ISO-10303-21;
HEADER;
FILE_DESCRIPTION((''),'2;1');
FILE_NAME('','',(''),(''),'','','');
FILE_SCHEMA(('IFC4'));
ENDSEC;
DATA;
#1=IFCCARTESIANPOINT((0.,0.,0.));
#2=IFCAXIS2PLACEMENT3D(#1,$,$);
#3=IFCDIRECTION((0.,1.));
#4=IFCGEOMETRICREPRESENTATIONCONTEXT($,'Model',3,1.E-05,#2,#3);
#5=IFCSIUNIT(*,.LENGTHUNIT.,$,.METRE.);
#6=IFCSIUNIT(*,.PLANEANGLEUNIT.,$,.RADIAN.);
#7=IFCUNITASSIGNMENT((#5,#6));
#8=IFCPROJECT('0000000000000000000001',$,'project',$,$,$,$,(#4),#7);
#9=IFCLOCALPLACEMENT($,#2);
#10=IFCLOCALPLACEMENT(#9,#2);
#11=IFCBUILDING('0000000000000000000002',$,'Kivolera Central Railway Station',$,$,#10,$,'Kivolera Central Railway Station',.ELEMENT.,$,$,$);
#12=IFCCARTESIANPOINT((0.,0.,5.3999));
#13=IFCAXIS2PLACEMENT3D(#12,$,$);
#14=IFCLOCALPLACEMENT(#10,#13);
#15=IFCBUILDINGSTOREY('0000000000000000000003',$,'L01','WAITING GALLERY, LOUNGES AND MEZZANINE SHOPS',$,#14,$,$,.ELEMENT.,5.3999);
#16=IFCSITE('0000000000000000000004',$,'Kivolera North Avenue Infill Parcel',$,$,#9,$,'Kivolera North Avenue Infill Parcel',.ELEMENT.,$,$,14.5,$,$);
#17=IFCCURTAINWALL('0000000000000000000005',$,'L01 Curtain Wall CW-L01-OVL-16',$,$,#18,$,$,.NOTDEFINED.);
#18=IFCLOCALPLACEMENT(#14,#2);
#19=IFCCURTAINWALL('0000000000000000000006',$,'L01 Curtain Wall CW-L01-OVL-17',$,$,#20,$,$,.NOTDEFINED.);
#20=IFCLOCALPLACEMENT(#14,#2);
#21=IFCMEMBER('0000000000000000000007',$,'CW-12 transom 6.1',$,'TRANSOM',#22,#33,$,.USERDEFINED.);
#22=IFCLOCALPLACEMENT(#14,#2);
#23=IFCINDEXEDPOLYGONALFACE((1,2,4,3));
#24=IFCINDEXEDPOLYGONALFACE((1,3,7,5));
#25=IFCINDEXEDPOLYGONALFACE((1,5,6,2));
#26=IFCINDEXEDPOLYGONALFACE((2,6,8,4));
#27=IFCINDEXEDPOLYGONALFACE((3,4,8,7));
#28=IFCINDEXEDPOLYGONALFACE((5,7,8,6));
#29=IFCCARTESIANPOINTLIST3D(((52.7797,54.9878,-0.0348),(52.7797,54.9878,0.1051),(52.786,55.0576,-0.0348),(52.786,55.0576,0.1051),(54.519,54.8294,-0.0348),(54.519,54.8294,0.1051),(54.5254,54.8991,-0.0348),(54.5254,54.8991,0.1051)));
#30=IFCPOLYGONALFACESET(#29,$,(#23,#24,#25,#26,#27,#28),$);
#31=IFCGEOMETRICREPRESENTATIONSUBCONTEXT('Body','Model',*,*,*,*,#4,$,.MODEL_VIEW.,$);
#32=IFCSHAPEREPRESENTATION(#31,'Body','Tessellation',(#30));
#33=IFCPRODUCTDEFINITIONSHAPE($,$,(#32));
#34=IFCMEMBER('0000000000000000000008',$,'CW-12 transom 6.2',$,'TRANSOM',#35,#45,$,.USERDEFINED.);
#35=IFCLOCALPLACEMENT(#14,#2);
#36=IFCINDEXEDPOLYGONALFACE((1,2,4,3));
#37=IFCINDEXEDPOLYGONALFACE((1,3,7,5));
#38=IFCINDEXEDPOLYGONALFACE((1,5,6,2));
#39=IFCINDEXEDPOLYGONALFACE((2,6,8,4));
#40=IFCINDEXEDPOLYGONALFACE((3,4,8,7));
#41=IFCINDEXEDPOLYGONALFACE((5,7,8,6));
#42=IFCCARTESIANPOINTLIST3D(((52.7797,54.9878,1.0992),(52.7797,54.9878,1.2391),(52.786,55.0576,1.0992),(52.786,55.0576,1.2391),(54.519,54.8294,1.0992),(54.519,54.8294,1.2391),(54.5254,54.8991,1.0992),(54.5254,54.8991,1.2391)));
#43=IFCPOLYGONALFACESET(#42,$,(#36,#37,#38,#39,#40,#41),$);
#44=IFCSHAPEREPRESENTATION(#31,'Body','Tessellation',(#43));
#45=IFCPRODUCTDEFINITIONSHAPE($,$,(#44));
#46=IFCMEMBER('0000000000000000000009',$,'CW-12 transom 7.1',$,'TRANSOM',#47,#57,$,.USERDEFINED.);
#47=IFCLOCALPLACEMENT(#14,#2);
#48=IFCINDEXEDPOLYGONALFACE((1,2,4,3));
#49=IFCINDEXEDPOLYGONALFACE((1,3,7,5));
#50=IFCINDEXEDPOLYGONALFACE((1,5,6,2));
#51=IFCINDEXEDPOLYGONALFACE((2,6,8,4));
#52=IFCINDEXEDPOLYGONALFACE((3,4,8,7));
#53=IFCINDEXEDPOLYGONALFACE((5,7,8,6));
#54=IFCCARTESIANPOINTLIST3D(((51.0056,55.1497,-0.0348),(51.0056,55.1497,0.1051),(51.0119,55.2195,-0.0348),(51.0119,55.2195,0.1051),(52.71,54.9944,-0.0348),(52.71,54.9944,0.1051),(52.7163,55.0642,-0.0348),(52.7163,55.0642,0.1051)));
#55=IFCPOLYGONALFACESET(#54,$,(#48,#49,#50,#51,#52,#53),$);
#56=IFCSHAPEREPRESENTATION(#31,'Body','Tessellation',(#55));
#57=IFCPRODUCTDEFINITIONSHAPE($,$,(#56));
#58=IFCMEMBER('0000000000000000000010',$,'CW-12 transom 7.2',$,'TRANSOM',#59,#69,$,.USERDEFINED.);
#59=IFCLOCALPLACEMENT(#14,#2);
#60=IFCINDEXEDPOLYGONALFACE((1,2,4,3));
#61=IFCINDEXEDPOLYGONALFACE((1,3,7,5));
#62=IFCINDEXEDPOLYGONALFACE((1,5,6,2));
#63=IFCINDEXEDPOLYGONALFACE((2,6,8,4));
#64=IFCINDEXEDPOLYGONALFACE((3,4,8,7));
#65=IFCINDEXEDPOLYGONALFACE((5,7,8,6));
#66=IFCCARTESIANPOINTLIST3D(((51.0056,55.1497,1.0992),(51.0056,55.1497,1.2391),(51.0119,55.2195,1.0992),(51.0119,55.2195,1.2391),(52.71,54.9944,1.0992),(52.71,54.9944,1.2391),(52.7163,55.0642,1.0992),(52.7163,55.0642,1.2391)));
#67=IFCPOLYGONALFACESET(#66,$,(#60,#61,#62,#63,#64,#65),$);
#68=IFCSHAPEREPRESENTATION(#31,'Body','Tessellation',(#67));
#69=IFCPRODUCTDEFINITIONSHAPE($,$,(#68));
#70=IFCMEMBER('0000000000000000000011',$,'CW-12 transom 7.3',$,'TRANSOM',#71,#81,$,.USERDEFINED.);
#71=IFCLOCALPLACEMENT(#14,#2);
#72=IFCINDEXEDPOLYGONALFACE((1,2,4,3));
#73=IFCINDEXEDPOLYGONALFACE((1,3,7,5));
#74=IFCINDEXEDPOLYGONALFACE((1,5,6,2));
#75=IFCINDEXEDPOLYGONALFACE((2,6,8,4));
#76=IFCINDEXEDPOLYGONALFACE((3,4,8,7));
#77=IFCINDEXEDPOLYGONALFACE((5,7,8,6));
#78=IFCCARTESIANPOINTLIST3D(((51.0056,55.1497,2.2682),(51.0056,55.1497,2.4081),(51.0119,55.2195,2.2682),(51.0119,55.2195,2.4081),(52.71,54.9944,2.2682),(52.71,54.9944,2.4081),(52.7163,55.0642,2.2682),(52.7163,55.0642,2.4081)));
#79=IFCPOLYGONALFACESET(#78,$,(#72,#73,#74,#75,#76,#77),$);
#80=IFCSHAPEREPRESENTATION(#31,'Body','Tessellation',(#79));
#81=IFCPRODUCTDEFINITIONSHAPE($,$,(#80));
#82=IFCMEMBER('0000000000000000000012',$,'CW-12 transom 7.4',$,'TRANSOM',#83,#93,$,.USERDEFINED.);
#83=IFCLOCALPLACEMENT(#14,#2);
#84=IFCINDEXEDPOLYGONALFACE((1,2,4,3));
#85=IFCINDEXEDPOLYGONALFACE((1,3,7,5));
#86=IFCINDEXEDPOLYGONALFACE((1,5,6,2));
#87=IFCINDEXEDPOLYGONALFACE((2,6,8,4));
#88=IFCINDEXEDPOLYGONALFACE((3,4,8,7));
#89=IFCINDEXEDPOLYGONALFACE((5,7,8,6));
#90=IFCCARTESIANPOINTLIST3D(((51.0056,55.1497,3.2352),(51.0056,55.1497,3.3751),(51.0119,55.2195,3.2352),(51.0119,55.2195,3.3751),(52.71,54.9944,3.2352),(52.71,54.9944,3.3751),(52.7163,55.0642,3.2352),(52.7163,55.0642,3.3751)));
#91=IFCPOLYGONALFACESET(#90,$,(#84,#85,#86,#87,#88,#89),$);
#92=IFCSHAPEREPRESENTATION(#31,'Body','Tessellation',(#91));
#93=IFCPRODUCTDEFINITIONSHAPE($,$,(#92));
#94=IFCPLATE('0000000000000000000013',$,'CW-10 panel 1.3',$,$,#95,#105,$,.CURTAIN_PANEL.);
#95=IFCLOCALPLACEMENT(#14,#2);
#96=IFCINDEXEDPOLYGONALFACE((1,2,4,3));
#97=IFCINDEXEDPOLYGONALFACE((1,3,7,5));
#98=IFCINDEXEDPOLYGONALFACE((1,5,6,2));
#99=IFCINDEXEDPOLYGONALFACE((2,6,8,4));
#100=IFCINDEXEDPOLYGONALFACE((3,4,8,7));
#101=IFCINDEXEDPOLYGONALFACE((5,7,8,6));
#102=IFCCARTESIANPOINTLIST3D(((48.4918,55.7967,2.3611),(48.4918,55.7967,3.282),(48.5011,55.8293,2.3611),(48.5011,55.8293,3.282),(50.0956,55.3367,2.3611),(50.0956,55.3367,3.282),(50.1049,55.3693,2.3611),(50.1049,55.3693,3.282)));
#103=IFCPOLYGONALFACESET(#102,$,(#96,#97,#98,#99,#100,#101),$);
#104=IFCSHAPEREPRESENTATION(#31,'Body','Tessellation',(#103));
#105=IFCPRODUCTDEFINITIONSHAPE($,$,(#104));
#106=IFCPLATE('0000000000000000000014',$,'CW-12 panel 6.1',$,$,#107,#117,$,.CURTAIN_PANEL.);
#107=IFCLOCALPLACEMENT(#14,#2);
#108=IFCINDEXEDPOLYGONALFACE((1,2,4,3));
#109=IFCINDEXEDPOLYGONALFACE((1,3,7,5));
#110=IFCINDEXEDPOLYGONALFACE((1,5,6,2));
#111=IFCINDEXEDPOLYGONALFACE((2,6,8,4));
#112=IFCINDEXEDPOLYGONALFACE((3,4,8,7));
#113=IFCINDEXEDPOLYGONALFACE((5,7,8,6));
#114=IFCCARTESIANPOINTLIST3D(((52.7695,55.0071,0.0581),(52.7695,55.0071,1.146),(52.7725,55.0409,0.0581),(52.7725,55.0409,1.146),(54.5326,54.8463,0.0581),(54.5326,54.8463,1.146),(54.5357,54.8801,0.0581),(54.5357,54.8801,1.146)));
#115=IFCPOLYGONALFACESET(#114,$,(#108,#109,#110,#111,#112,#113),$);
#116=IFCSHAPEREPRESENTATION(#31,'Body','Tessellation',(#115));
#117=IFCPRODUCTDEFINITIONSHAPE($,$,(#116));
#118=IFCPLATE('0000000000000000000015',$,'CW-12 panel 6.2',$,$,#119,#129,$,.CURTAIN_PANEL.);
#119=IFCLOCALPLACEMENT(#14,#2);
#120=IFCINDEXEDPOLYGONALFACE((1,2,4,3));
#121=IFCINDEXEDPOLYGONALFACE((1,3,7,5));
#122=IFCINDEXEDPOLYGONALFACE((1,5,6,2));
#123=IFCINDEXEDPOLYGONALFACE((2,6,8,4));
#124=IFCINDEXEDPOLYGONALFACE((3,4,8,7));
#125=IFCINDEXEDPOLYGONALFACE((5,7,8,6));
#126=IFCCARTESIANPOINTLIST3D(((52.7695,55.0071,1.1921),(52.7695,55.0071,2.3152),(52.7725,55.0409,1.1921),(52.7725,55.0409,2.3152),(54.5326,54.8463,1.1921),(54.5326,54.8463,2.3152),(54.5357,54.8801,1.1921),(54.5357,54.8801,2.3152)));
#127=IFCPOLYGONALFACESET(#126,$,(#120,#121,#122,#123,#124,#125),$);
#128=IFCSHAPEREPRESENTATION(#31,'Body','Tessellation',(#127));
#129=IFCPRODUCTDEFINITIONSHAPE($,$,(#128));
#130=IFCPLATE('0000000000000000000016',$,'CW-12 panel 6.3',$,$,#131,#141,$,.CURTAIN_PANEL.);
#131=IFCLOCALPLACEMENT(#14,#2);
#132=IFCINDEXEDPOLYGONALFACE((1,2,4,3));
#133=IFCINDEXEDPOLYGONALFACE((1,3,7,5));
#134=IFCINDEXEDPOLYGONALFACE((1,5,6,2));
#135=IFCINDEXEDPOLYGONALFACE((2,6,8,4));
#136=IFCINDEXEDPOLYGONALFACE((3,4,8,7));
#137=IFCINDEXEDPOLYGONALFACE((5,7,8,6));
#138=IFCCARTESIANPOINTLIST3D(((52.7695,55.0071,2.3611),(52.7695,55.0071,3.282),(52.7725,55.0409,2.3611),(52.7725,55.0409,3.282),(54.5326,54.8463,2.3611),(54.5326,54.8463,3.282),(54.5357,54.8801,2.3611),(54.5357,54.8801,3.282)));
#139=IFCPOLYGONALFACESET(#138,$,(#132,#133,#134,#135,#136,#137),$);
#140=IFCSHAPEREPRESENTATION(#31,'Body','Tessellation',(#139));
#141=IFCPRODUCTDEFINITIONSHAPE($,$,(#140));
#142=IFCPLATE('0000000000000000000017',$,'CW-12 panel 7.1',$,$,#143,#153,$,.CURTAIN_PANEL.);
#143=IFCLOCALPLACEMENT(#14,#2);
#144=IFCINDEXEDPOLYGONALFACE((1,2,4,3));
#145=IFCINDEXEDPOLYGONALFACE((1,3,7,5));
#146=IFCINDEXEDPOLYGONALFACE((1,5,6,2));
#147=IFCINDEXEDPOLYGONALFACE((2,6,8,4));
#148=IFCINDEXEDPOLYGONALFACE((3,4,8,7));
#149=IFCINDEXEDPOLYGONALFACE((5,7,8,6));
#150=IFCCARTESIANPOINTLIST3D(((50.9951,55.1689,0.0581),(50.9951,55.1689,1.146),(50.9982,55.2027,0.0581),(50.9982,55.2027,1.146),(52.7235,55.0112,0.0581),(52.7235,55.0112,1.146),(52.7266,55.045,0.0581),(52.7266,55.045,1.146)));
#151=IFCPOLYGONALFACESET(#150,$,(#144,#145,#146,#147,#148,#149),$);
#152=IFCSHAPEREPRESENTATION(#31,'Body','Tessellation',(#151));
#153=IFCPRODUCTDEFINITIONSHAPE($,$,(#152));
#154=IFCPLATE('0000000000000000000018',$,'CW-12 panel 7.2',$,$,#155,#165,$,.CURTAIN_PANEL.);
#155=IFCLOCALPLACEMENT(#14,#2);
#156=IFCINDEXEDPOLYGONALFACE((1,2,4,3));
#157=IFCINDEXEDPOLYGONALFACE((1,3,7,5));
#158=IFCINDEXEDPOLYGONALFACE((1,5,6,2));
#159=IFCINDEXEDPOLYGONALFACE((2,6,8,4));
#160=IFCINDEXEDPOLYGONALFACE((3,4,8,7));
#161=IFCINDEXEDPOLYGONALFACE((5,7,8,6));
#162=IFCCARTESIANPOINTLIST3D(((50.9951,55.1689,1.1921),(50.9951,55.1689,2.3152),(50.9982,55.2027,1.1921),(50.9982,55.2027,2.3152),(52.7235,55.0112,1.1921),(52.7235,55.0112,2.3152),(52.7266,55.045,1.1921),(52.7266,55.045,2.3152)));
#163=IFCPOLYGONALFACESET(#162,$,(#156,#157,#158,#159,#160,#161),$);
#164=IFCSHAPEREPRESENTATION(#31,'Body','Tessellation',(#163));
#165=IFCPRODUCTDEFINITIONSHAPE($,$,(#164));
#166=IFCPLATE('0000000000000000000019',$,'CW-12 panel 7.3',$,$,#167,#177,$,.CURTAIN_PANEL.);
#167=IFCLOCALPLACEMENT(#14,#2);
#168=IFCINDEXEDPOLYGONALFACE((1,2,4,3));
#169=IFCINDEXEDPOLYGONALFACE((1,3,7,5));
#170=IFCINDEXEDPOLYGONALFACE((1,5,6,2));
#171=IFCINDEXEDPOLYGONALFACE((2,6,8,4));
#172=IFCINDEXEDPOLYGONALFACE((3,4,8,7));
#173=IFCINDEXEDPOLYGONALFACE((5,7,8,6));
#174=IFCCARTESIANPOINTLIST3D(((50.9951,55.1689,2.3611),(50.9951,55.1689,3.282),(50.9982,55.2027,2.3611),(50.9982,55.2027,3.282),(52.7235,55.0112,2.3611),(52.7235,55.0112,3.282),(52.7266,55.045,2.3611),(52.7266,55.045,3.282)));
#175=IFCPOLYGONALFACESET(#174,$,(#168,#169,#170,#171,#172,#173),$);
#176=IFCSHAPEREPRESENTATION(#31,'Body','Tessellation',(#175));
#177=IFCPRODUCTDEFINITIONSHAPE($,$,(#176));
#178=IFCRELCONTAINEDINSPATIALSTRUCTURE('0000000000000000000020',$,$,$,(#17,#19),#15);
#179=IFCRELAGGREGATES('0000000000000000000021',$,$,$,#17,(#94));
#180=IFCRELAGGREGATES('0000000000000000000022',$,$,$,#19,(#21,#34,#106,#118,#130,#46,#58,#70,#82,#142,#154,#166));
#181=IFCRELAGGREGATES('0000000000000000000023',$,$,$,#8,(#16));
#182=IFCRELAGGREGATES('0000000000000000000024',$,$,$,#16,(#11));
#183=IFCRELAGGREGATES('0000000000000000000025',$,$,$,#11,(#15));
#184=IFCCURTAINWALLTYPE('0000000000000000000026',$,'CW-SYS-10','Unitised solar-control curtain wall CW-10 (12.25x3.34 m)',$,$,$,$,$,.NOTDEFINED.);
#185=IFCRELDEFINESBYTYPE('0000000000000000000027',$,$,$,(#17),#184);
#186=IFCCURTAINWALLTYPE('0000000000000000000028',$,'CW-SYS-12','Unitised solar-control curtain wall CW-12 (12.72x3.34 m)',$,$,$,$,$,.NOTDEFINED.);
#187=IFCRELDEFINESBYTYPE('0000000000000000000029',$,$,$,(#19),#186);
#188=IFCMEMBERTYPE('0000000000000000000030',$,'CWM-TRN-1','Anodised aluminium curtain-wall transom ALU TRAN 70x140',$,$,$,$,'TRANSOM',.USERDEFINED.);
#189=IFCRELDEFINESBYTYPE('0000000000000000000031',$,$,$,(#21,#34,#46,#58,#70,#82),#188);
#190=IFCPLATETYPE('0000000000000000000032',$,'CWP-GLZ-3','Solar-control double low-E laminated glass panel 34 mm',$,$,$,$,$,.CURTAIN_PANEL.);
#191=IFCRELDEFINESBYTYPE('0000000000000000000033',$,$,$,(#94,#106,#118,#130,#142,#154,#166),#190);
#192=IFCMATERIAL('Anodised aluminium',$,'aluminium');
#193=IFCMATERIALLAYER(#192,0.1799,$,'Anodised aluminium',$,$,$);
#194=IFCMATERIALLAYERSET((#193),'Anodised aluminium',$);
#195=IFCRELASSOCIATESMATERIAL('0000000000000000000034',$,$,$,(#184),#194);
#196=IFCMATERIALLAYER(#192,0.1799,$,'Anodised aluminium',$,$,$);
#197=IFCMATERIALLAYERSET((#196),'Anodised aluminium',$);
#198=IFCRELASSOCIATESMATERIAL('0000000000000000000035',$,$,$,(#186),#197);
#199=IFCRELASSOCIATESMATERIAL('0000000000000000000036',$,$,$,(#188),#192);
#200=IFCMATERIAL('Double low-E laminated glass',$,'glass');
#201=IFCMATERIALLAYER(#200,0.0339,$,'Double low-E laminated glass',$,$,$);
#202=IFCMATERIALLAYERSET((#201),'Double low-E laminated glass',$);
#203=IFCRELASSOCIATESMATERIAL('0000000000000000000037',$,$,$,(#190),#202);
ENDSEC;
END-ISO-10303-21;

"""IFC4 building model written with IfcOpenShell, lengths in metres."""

from ifc_helpers import new_model, si_unit, direction, frame, origin, origin_2d, place, context, subcontext, project, spatial, rectangle, extrude, material, layer, layer_set, material_profile, profile_set, type_object, element, aggregate, save


model = new_model("IFC4")

# Units and contexts
model_context = context("Model", 3, precision=1e-05, world=origin(), true_north=direction((0.0, 1.0)))
body_context = subcontext(model_context, "Body", "Model", "MODEL_VIEW")
ifc_project = project(units=[si_unit("LENGTHUNIT", "METRE"), si_unit("PLANEANGLEUNIT", "RADIAN")], contexts=[model_context])

# Site, building, storey
site_placement = place(None, origin())
site = spatial("IfcSite", under=ifc_project, at=site_placement, Name="Kivolera North Avenue Infill Parcel", LongName="Kivolera North Avenue Infill Parcel", CompositionType="ELEMENT", RefElevation=14.5)
building_placement = place(site_placement, origin())
building = spatial("IfcBuilding", under=site, at=building_placement, Name="Kivolera Central Railway Station", LongName="Kivolera Central Railway Station", CompositionType="ELEMENT")
storey_placement = place(building_placement, frame((0.0, 0.0, 5.3999)))
storey = spatial("IfcBuildingStorey", under=building, at=storey_placement, Name="L01", Description="WAITING GALLERY, LOUNGES AND MEZZANINE SHOPS", CompositionType="ELEMENT", Elevation=5.3999)

# Curtain wall
ifc_material_1 = material(Name="Anodised aluminium", Category="aluminium")
ifc_layer_1 = layer(ifc_material_1, 0.1799, Name="Anodised aluminium")
ifc_layer_set_1 = layer_set([ifc_layer_1], Name="Anodised aluminium")
curtain_wall_type_1 = type_object("IfcCurtainWallType", Name="CW-SYS-10", Description="Unitised solar-control curtain wall CW-10 (12.25x3.34 m)", PredefinedType="NOTDEFINED", material=ifc_layer_set_1)
curtain_wall_1_placement = place(storey_placement, origin())
curtain_wall_1 = element("IfcCurtainWall", 1, at=curtain_wall_1_placement, inside=storey, type_object=curtain_wall_type_1, Name="L01 Curtain Wall CW-L01-OVL-16", PredefinedType="NOTDEFINED")

# Curtain wall
ifc_layer_2 = layer(ifc_material_1, 0.1799, Name="Anodised aluminium")
ifc_layer_set_2 = layer_set([ifc_layer_2], Name="Anodised aluminium")
curtain_wall_type_2 = type_object("IfcCurtainWallType", Name="CW-SYS-12", Description="Unitised solar-control curtain wall CW-12 (12.72x3.34 m)", PredefinedType="NOTDEFINED", material=ifc_layer_set_2)
curtain_wall_2_placement = place(storey_placement, origin())
curtain_wall_2 = element("IfcCurtainWall", 2, at=curtain_wall_2_placement, inside=storey, type_object=curtain_wall_type_2, Name="L01 Curtain Wall CW-L01-OVL-17", PredefinedType="NOTDEFINED")

# Members
ifc_material_profile_1 = material_profile(ifc_material_1, rectangle(XDim=0.0701, YDim=0.1399, at=origin_2d()), Name="ALU TRAN 70x140")
ifc_profile_set_1 = profile_set([ifc_material_profile_1], Name="Anodised aluminium")
member_type_1 = type_object("IfcMemberType", Name="CWM-TRN-1", Description="Anodised aluminium curtain-wall transom ALU TRAN 70x140", ElementType="TRANSOM", PredefinedType="USERDEFINED", material=ifc_profile_set_1)
member_1_placement = place(storey_placement, frame((54.5222, 54.8643, 0.0352), z_axis=(-0.995876, 0.090725, 0.0), x_axis=(-0.090725, -0.995876, 0.0)))
member_1 = element("IfcMember", 3, at=member_1_placement, type_object=member_type_1, Name="CW-12 transom 6.1", ObjectType="TRANSOM", PredefinedType="USERDEFINED", context=body_context, shape_type="SweptSolid", body=[
    extrude(rectangle(XDim=0.0701, YDim=0.1399, at=origin_2d()), origin(), (0.0, 0.0, 1.0), 1.7466),
])
member_2_placement = place(storey_placement, frame((54.5222, 54.8643, 1.1692), z_axis=(-0.995876, 0.090725, 0.0), x_axis=(-0.090725, -0.995876, 0.0)))
member_2 = element("IfcMember", 4, at=member_2_placement, type_object=member_type_1, Name="CW-12 transom 6.2", ObjectType="TRANSOM", PredefinedType="USERDEFINED", context=body_context, shape_type="SweptSolid", body=[
    extrude(rectangle(XDim=0.0701, YDim=0.1399, at=origin_2d()), origin(), (0.0, 0.0, 1.0), 1.7466),
])
member_3_placement = place(storey_placement, frame((52.7131, 55.0293, 0.0352), z_axis=(-0.995876, 0.090729, 0.0), x_axis=(-0.090729, -0.995876, 0.0)))
member_3 = element("IfcMember", 5, at=member_3_placement, type_object=member_type_1, Name="CW-12 transom 7.1", ObjectType="TRANSOM", PredefinedType="USERDEFINED", context=body_context, shape_type="SweptSolid", body=[
    extrude(rectangle(XDim=0.0701, YDim=0.1399, at=origin_2d()), origin(), (0.0, 0.0, 1.0), 1.7114),
])
member_4_placement = place(storey_placement, frame((52.7131, 55.0293, 1.1692), z_axis=(-0.995876, 0.090729, 0.0), x_axis=(-0.090729, -0.995876, 0.0)))
member_4 = element("IfcMember", 6, at=member_4_placement, type_object=member_type_1, Name="CW-12 transom 7.2", ObjectType="TRANSOM", PredefinedType="USERDEFINED", context=body_context, shape_type="SweptSolid", body=[
    extrude(rectangle(XDim=0.0701, YDim=0.1399, at=origin_2d()), origin(), (0.0, 0.0, 1.0), 1.7114),
])
member_5_placement = place(storey_placement, frame((52.7131, 55.0293, 2.3381), z_axis=(-0.995876, 0.090729, 0.0), x_axis=(-0.090729, -0.995876, 0.0)))
member_5 = element("IfcMember", 7, at=member_5_placement, type_object=member_type_1, Name="CW-12 transom 7.3", ObjectType="TRANSOM", PredefinedType="USERDEFINED", context=body_context, shape_type="SweptSolid", body=[
    extrude(rectangle(XDim=0.0701, YDim=0.1399, at=origin_2d()), origin(), (0.0, 0.0, 1.0), 1.7114),
])
member_6_placement = place(storey_placement, frame((52.7131, 55.0293, 3.3052), z_axis=(-0.995876, 0.090729, 0.0), x_axis=(-0.090729, -0.995876, 0.0)))
member_6 = element("IfcMember", 8, at=member_6_placement, type_object=member_type_1, Name="CW-12 transom 7.4", ObjectType="TRANSOM", PredefinedType="USERDEFINED", context=body_context, shape_type="SweptSolid", body=[
    extrude(rectangle(XDim=0.0701, YDim=0.1399, at=origin_2d()), origin(), (0.0, 0.0, 1.0), 1.7114),
])

# Plates
ifc_material_2 = material(Name="Double low-E laminated glass", Category="glass")
ifc_layer_3 = layer(ifc_material_2, 0.0339, Name="Double low-E laminated glass")
ifc_layer_set_3 = layer_set([ifc_layer_3], Name="Double low-E laminated glass")
plate_type = type_object("IfcPlateType", Name="CWP-GLZ-3", Description="Solar-control double low-E laminated glass panel 34 mm", PredefinedType="CURTAIN_PANEL", material=ifc_layer_set_3)
plate_1_placement = place(storey_placement, frame((49.2983, 55.583, 2.3611), z_axis=(0.0, 0.0, 1.0), x_axis=(-0.961246, 0.275692, 0.0)))
plate_1 = element("IfcPlate", 9, at=plate_1_placement, type_object=plate_type, Name="CW-10 panel 1.3", PredefinedType="CURTAIN_PANEL", context=body_context, shape_type="SweptSolid", body=[
    extrude(rectangle(XDim=1.6685, YDim=0.0339, at=origin_2d()), origin(), (0.0, 0.0, 1.0), 0.9209),
])
aggregate(curtain_wall_1, [plate_1])
plate_2_placement = place(storey_placement, frame((53.6526, 54.9436, 0.0581), z_axis=(0.0, 0.0, 1.0), x_axis=(-0.995866, 0.090834, 0.0)))
plate_2 = element("IfcPlate", 10, at=plate_2_placement, type_object=plate_type, Name="CW-12 panel 6.1", PredefinedType="CURTAIN_PANEL", context=body_context, shape_type="SweptSolid", body=[
    extrude(rectangle(XDim=1.7705, YDim=0.0339, at=origin_2d()), origin(), (0.0, 0.0, 1.0), 1.0879),
])
plate_3_placement = place(storey_placement, frame((53.6526, 54.9436, 1.1921), z_axis=(0.0, 0.0, 1.0), x_axis=(-0.995866, 0.090834, 0.0)))
plate_3 = element("IfcPlate", 11, at=plate_3_placement, type_object=plate_type, Name="CW-12 panel 6.2", PredefinedType="CURTAIN_PANEL", context=body_context, shape_type="SweptSolid", body=[
    extrude(rectangle(XDim=1.7705, YDim=0.0339, at=origin_2d()), origin(), (0.0, 0.0, 1.0), 1.123),
])
plate_4_placement = place(storey_placement, frame((53.6526, 54.9436, 2.3611), z_axis=(0.0, 0.0, 1.0), x_axis=(-0.995866, 0.090834, 0.0)))
plate_4 = element("IfcPlate", 12, at=plate_4_placement, type_object=plate_type, Name="CW-12 panel 6.3", PredefinedType="CURTAIN_PANEL", context=body_context, shape_type="SweptSolid", body=[
    extrude(rectangle(XDim=1.7705, YDim=0.0339, at=origin_2d()), origin(), (0.0, 0.0, 1.0), 0.9209),
])
plate_5_placement = place(storey_placement, frame((51.8608, 55.1069, 0.0581), z_axis=(0.0, 0.0, 1.0), x_axis=(-0.995866, 0.090834, 0.0)))
plate_5 = element("IfcPlate", 13, at=plate_5_placement, type_object=plate_type, Name="CW-12 panel 7.1", PredefinedType="CURTAIN_PANEL", context=body_context, shape_type="SweptSolid", body=[
    extrude(rectangle(XDim=1.7356, YDim=0.0339, at=origin_2d()), origin(), (0.0, 0.0, 1.0), 1.0879),
])
plate_6_placement = place(storey_placement, frame((51.8608, 55.1069, 1.1921), z_axis=(0.0, 0.0, 1.0), x_axis=(-0.995866, 0.090834, 0.0)))
plate_6 = element("IfcPlate", 14, at=plate_6_placement, type_object=plate_type, Name="CW-12 panel 7.2", PredefinedType="CURTAIN_PANEL", context=body_context, shape_type="SweptSolid", body=[
    extrude(rectangle(XDim=1.7356, YDim=0.0339, at=origin_2d()), origin(), (0.0, 0.0, 1.0), 1.123),
])
plate_7_placement = place(storey_placement, frame((51.8608, 55.1069, 2.3611), z_axis=(0.0, 0.0, 1.0), x_axis=(-0.995866, 0.090834, 0.0)))
plate_7 = element("IfcPlate", 15, at=plate_7_placement, type_object=plate_type, Name="CW-12 panel 7.3", PredefinedType="CURTAIN_PANEL", context=body_context, shape_type="SweptSolid", body=[
    extrude(rectangle(XDim=1.7356, YDim=0.0339, at=origin_2d()), origin(), (0.0, 0.0, 1.0), 0.9209),
])
aggregate(curtain_wall_2, [member_1, member_2, plate_2, plate_3, plate_4, member_3, member_4, member_5, member_6, plate_5, plate_6, plate_7])

save(model, "model.ifc")
